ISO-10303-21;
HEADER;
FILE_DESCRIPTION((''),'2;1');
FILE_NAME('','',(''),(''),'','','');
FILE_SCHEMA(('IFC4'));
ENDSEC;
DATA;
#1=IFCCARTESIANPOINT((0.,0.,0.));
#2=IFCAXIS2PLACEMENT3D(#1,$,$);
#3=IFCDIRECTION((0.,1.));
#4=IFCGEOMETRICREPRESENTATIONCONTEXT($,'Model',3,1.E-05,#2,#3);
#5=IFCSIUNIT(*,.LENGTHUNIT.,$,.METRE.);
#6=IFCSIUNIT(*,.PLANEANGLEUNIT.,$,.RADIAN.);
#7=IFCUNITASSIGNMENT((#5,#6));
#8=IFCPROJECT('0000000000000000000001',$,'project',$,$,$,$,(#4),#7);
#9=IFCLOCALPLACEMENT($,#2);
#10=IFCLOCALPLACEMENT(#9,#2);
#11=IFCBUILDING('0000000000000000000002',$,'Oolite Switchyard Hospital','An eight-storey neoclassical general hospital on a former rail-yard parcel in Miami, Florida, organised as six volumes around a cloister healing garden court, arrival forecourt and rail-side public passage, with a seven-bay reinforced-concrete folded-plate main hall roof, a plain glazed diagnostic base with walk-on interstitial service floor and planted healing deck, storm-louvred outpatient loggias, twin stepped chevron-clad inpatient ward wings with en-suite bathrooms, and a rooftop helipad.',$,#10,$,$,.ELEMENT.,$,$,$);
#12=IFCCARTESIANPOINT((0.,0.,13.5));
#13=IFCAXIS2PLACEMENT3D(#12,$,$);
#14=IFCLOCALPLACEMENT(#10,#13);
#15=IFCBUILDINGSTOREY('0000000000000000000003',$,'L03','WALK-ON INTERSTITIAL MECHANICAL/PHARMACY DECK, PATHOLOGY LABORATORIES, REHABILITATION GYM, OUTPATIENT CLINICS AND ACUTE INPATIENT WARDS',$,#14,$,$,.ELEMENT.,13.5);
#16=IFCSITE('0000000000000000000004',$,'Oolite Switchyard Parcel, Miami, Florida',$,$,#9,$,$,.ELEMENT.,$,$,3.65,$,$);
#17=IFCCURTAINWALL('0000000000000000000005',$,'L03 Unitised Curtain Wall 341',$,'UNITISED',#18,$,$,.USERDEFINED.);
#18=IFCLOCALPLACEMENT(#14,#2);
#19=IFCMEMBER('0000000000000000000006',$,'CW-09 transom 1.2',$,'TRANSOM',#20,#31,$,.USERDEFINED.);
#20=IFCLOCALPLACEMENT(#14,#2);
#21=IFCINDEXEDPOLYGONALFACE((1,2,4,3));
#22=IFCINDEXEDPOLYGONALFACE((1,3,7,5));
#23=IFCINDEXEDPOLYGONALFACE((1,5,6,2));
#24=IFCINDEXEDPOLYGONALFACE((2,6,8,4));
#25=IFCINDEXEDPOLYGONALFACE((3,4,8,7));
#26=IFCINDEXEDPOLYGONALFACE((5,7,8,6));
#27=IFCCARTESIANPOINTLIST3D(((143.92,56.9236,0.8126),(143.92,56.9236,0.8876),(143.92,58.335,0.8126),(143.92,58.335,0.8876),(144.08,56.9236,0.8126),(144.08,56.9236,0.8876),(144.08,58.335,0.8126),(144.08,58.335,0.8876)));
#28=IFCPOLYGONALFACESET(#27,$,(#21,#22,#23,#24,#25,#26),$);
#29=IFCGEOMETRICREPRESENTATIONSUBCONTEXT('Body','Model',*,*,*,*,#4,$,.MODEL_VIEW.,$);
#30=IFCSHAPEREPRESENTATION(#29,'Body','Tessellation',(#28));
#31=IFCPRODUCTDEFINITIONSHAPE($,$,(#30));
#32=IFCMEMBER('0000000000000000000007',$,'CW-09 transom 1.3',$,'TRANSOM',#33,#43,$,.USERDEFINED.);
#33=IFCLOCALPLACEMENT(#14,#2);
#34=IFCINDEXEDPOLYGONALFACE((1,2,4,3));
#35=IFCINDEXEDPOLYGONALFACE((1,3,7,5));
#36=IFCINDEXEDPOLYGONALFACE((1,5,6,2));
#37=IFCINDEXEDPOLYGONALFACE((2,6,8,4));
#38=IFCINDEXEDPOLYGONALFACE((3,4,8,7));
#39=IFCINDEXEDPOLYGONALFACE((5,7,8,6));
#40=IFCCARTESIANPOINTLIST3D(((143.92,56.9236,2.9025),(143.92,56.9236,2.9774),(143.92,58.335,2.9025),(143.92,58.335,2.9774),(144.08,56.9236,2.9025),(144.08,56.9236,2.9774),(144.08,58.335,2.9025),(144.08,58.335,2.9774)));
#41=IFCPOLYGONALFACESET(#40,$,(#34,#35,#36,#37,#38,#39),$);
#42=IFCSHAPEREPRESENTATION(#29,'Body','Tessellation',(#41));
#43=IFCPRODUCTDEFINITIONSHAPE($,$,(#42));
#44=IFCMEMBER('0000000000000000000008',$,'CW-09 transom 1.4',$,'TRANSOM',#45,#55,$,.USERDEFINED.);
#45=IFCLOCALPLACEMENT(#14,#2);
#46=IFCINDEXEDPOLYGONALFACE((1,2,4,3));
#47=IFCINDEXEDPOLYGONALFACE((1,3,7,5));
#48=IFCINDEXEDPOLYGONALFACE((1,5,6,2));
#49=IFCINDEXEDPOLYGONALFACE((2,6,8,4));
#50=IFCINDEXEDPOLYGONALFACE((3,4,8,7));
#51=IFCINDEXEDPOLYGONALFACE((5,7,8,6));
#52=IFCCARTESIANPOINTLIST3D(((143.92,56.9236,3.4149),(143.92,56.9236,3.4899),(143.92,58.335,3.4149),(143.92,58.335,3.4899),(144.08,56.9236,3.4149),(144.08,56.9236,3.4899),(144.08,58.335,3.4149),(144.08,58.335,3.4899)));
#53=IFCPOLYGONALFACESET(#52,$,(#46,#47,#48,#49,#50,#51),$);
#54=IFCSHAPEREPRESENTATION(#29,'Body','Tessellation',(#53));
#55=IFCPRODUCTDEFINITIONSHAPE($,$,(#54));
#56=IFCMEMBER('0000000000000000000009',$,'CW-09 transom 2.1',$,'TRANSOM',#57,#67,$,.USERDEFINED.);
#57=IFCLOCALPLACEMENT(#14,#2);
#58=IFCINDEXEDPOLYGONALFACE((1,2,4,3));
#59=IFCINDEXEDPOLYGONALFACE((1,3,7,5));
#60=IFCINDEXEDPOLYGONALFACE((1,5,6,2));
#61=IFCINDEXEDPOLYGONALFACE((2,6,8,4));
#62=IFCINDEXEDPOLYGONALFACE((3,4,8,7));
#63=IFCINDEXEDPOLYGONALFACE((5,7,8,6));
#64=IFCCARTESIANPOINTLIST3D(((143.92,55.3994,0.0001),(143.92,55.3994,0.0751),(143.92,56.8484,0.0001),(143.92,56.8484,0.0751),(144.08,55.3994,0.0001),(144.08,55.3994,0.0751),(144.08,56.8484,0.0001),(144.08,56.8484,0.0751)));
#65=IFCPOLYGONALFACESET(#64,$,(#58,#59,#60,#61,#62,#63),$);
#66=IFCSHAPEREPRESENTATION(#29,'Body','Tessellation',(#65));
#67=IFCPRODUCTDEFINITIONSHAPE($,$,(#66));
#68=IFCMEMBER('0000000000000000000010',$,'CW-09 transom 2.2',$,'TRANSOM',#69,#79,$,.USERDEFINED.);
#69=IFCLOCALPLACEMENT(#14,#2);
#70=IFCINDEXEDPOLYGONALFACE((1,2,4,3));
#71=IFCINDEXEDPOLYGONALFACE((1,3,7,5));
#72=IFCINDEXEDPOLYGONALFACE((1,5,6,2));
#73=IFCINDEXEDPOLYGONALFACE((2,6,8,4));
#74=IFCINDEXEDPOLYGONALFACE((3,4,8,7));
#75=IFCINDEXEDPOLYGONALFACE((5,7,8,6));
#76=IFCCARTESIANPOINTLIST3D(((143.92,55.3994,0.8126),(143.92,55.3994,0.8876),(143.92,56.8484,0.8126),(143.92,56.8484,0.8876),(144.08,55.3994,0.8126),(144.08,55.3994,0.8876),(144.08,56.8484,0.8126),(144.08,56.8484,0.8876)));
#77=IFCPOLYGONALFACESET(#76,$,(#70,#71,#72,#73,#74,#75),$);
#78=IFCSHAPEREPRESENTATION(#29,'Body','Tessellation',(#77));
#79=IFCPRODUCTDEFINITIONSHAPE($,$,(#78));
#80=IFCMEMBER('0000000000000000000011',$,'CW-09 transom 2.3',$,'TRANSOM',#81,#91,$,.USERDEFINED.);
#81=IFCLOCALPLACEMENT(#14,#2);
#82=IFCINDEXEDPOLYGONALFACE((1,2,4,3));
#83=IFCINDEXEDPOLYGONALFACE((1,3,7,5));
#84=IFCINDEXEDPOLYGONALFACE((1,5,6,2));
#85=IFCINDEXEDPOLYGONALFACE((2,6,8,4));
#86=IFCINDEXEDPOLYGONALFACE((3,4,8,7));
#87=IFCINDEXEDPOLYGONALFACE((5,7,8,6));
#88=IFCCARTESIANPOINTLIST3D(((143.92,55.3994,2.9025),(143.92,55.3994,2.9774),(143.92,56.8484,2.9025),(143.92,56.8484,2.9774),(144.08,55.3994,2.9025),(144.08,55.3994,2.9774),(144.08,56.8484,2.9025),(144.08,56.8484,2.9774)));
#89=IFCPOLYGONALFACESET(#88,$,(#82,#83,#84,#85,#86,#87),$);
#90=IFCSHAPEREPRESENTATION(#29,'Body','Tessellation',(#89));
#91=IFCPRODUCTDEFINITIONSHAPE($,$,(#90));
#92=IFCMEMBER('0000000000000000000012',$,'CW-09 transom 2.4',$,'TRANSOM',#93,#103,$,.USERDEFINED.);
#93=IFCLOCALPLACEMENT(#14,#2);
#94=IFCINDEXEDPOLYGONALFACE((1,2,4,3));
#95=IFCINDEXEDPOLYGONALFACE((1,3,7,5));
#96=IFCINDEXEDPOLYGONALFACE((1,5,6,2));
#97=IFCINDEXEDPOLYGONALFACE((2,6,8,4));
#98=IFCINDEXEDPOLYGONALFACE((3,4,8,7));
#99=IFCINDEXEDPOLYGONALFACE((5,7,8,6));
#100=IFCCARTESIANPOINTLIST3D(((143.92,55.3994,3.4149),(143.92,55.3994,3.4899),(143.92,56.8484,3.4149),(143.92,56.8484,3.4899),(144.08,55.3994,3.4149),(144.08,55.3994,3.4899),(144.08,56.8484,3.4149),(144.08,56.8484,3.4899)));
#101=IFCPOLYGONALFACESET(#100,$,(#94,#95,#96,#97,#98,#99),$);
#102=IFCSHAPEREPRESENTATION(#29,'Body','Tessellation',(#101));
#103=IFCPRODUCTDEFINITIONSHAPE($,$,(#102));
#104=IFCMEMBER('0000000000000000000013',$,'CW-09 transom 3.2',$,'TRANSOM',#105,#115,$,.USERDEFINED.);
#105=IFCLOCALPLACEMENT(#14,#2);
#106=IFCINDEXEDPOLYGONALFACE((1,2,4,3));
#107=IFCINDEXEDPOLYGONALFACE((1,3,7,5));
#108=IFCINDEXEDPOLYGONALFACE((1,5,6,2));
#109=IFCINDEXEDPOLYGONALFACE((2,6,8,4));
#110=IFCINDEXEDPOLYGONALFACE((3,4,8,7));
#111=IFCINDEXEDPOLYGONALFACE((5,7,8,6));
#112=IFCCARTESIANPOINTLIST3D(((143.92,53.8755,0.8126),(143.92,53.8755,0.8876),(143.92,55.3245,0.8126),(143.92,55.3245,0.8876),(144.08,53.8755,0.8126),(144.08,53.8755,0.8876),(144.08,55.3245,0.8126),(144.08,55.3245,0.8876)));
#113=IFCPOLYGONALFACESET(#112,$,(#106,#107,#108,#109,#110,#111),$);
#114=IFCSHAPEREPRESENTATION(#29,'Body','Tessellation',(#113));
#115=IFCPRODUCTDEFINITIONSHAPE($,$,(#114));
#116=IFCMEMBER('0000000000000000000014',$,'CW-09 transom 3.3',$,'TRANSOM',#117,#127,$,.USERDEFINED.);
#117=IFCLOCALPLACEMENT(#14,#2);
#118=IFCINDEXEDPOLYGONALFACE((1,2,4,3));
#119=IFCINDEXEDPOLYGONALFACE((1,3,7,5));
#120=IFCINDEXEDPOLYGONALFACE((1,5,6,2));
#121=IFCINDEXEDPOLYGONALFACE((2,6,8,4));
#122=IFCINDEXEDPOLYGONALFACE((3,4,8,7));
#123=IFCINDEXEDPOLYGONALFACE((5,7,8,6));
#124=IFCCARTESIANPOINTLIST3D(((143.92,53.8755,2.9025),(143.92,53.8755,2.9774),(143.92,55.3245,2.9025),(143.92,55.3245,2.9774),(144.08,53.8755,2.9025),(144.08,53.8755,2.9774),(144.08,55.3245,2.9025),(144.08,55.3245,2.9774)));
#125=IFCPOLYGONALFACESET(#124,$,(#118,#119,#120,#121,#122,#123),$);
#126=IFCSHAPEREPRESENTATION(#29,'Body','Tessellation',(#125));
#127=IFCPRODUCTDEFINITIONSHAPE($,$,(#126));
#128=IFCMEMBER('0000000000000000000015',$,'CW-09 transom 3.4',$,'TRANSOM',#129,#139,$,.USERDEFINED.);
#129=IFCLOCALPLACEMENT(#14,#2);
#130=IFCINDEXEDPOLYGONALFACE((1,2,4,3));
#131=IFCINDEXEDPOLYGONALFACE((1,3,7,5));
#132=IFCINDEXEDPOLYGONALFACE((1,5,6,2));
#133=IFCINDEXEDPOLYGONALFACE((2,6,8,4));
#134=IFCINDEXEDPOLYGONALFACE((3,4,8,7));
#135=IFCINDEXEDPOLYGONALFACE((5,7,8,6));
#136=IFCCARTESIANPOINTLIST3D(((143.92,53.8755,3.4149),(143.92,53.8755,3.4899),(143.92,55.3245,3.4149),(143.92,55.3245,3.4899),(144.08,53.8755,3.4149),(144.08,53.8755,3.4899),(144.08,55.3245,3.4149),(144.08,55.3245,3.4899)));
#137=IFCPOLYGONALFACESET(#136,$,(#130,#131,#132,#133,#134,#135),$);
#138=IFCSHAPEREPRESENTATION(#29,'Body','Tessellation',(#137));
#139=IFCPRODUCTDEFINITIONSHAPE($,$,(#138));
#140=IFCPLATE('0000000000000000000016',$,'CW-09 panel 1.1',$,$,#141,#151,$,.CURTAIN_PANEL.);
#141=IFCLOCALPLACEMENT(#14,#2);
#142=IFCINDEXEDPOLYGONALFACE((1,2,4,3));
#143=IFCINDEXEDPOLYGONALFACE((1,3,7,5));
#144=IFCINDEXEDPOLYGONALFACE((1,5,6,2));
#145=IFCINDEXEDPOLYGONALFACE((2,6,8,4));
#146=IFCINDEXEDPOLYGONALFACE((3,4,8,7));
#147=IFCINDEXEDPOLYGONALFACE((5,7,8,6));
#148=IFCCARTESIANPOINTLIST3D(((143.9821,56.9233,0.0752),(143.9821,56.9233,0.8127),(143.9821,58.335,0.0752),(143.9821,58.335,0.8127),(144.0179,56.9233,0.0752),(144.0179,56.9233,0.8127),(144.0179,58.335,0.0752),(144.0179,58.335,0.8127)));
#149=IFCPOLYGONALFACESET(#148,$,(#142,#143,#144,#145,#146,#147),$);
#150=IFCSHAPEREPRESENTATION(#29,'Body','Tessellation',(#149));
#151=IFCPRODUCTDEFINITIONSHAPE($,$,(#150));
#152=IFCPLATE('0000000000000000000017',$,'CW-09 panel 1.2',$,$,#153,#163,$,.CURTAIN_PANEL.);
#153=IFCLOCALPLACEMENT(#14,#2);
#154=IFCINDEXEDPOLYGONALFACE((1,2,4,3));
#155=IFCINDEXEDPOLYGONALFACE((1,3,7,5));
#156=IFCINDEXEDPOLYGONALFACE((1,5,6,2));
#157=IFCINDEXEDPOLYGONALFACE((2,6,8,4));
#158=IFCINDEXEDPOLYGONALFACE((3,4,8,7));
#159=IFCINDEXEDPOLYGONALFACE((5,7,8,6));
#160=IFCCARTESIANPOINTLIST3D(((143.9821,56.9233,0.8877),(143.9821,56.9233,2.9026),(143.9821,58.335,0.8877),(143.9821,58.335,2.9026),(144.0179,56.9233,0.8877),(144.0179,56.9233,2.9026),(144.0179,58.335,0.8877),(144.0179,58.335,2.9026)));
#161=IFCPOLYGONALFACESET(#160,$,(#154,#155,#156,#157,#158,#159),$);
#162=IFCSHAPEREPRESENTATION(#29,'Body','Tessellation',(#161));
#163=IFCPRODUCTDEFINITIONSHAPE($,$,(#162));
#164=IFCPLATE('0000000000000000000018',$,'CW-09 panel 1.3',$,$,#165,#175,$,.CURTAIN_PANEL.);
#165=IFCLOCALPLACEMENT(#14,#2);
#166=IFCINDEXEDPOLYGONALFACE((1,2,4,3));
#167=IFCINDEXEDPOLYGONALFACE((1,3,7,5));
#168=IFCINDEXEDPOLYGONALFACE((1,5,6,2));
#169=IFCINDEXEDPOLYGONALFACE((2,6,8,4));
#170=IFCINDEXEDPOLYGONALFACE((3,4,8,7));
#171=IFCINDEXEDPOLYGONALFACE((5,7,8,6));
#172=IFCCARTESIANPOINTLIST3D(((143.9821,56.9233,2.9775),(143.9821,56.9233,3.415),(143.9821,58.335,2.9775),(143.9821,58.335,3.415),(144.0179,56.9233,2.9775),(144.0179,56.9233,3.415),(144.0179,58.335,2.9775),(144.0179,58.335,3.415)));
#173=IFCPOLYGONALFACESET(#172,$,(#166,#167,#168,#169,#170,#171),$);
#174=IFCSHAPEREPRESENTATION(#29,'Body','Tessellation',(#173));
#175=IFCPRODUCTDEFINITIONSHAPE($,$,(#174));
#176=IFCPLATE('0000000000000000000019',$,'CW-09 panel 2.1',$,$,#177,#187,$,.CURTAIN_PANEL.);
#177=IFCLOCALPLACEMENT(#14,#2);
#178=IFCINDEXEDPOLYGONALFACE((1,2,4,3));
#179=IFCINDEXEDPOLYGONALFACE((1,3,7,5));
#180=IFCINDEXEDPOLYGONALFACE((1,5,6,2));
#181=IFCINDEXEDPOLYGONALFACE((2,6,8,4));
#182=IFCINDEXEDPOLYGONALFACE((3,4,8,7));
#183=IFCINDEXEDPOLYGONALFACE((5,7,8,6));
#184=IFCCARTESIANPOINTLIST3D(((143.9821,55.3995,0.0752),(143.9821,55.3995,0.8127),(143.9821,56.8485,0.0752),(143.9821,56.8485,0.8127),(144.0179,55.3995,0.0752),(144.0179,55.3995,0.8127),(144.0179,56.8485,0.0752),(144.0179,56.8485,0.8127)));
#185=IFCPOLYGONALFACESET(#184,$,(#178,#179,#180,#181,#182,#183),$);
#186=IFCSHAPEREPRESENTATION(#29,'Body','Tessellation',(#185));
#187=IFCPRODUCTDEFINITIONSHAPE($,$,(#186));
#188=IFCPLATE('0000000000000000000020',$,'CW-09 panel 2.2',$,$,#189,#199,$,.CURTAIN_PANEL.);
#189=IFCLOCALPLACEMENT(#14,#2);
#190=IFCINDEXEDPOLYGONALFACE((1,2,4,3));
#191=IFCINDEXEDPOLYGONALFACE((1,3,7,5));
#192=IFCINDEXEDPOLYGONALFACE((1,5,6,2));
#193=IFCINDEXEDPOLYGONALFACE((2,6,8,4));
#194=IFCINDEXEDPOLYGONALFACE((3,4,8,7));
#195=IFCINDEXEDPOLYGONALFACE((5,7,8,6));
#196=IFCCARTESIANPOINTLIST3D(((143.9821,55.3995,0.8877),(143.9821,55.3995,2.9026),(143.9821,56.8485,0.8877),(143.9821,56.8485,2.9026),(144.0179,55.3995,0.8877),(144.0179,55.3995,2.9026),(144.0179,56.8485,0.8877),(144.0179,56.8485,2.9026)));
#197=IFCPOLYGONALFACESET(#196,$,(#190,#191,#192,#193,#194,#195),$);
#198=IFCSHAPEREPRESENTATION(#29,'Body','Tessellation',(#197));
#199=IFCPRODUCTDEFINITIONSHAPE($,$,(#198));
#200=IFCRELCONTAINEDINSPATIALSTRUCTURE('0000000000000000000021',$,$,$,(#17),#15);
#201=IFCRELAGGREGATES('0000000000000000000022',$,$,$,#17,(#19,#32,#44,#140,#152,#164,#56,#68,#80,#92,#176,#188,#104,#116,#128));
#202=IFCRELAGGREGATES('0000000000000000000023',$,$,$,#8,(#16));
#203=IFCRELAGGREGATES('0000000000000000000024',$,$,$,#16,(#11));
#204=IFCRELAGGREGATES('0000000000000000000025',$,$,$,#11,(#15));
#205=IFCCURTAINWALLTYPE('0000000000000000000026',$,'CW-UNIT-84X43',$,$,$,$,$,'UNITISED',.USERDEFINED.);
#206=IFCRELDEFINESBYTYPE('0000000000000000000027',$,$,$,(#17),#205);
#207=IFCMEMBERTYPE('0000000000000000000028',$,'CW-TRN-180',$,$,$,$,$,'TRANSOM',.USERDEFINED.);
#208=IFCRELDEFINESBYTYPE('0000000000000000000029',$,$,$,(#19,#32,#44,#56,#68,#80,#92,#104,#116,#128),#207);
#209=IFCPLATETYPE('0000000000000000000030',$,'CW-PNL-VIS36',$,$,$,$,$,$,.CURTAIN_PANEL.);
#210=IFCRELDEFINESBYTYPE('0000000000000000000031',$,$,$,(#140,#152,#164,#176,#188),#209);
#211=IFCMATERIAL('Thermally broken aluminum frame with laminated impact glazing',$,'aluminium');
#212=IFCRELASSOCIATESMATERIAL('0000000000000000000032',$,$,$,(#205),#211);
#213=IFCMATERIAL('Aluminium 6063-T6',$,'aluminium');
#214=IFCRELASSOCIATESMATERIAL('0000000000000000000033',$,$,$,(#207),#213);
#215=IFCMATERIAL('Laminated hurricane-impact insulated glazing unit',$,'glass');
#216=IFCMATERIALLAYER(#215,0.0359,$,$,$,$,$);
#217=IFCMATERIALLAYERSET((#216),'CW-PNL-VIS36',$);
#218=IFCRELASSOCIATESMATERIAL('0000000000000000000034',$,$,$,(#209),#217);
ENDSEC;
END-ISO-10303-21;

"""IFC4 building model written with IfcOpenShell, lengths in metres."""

from ifc_helpers import new_model, si_unit, direction, frame, origin, origin_2d, place, context, subcontext, project, spatial, rectangle, extrude, material, layer, layer_set, material_profile, profile_set, type_object, element, aggregate, save


model = new_model("IFC4")

# Units and contexts
model_context = context("Model", 3, precision=1e-05, world=origin(), true_north=direction((0.0, 1.0)))
body_context = subcontext(model_context, "Body", "Model", "MODEL_VIEW")
ifc_project = project(units=[si_unit("LENGTHUNIT", "METRE"), si_unit("PLANEANGLEUNIT", "RADIAN")], contexts=[model_context])

# Site, building, storey
site_placement = place(None, origin())
site = spatial("IfcSite", under=ifc_project, at=site_placement, Name="Oolite Switchyard Parcel, Miami, Florida", CompositionType="ELEMENT", RefElevation=3.65)
building_placement = place(site_placement, origin())
building = spatial("IfcBuilding", under=site, at=building_placement, Name="Oolite Switchyard Hospital", Description="An eight-storey neoclassical general hospital on a former rail-yard parcel in Miami, Florida, organised as six volumes around a cloister healing garden court, arrival forecourt and rail-side public passage, with a seven-bay reinforced-concrete folded-plate main hall roof, a plain glazed diagnostic base with walk-on interstitial service floor and planted healing deck, storm-louvred outpatient loggias, twin stepped chevron-clad inpatient ward wings with en-suite bathrooms, and a rooftop helipad.", CompositionType="ELEMENT")
storey_placement = place(building_placement, frame((0.0, 0.0, 13.5)))
storey = spatial("IfcBuildingStorey", under=building, at=storey_placement, Name="L03", Description="WALK-ON INTERSTITIAL MECHANICAL/PHARMACY DECK, PATHOLOGY LABORATORIES, REHABILITATION GYM, OUTPATIENT CLINICS AND ACUTE INPATIENT WARDS", CompositionType="ELEMENT", Elevation=13.5)

# Curtain wall, members, plates
ifc_material_1 = material(Name="Thermally broken aluminum frame with laminated impact glazing", Category="aluminium")
curtain_wall_type = type_object("IfcCurtainWallType", Name="CW-UNIT-84X43", ElementType="UNITISED", PredefinedType="USERDEFINED", material=ifc_material_1)
curtain_wall_placement = place(storey_placement, origin())
curtain_wall = element("IfcCurtainWall", 1, at=curtain_wall_placement, inside=storey, type_object=curtain_wall_type, Name="L03 Unitised Curtain Wall 341", ObjectType="UNITISED", PredefinedType="USERDEFINED")
ifc_material_2 = material(Name="Aluminium 6063-T6", Category="aluminium")
ifc_material_profile_1 = material_profile(ifc_material_2, rectangle(XDim=0.1599, YDim=0.075, at=origin_2d()), Name="CWT75X160")
ifc_profile_set_1 = profile_set([ifc_material_profile_1], Name="Aluminium 6063-T6")
member_type_1 = type_object("IfcMemberType", Name="CW-TRN-180", ElementType="TRANSOM", PredefinedType="USERDEFINED", material=ifc_profile_set_1)
member_1_placement = place(storey_placement, frame((144.0, 58.335, 0.8501), z_axis=(0.0, -1.0, 0.0), x_axis=(1.0, 0.0, 0.0)))
member_1 = element("IfcMember", 2, at=member_1_placement, type_object=member_type_1, Name="CW-09 transom 1.2", ObjectType="TRANSOM", PredefinedType="USERDEFINED", context=body_context, shape_type="SweptSolid", body=[
    extrude(rectangle(XDim=0.1599, YDim=0.075, at=origin_2d()), origin(), (0.0, 0.0, 1.0), 1.4114),
])
member_2_placement = place(storey_placement, frame((144.0, 58.335, 2.9399), z_axis=(0.0, -1.0, 0.0), x_axis=(1.0, 0.0, 0.0)))
member_2 = element("IfcMember", 3, at=member_2_placement, type_object=member_type_1, Name="CW-09 transom 1.3", ObjectType="TRANSOM", PredefinedType="USERDEFINED", context=body_context, shape_type="SweptSolid", body=[
    extrude(rectangle(XDim=0.1599, YDim=0.075, at=origin_2d()), origin(), (0.0, 0.0, 1.0), 1.4114),
])
member_3_placement = place(storey_placement, frame((144.0, 58.335, 3.4524), z_axis=(0.0, -1.0, 0.0), x_axis=(1.0, 0.0, 0.0)))
member_3 = element("IfcMember", 4, at=member_3_placement, type_object=member_type_1, Name="CW-09 transom 1.4", ObjectType="TRANSOM", PredefinedType="USERDEFINED", context=body_context, shape_type="SweptSolid", body=[
    extrude(rectangle(XDim=0.1599, YDim=0.075, at=origin_2d()), origin(), (0.0, 0.0, 1.0), 1.4114),
])
member_4_placement = place(storey_placement, frame((144.0, 56.8484, 0.0376), z_axis=(0.0, -1.0, 0.0), x_axis=(1.0, 0.0, 0.0)))
member_4 = element("IfcMember", 5, at=member_4_placement, type_object=member_type_1, Name="CW-09 transom 2.1", ObjectType="TRANSOM", PredefinedType="USERDEFINED", context=body_context, shape_type="SweptSolid", body=[
    extrude(rectangle(XDim=0.1599, YDim=0.075, at=origin_2d()), origin(), (0.0, 0.0, 1.0), 1.449),
])
member_5_placement = place(storey_placement, frame((144.0, 56.8484, 0.8501), z_axis=(0.0, -1.0, 0.0), x_axis=(1.0, 0.0, 0.0)))
member_5 = element("IfcMember", 6, at=member_5_placement, type_object=member_type_1, Name="CW-09 transom 2.2", ObjectType="TRANSOM", PredefinedType="USERDEFINED", context=body_context, shape_type="SweptSolid", body=[
    extrude(rectangle(XDim=0.1599, YDim=0.075, at=origin_2d()), origin(), (0.0, 0.0, 1.0), 1.449),
])
member_6_placement = place(storey_placement, frame((144.0, 56.8484, 2.9399), z_axis=(0.0, -1.0, 0.0), x_axis=(1.0, 0.0, 0.0)))
member_6 = element("IfcMember", 7, at=member_6_placement, type_object=member_type_1, Name="CW-09 transom 2.3", ObjectType="TRANSOM", PredefinedType="USERDEFINED", context=body_context, shape_type="SweptSolid", body=[
    extrude(rectangle(XDim=0.1599, YDim=0.075, at=origin_2d()), origin(), (0.0, 0.0, 1.0), 1.449),
])
member_7_placement = place(storey_placement, frame((144.0, 56.8484, 3.4524), z_axis=(0.0, -1.0, 0.0), x_axis=(1.0, 0.0, 0.0)))
member_7 = element("IfcMember", 8, at=member_7_placement, type_object=member_type_1, Name="CW-09 transom 2.4", ObjectType="TRANSOM", PredefinedType="USERDEFINED", context=body_context, shape_type="SweptSolid", body=[
    extrude(rectangle(XDim=0.1599, YDim=0.075, at=origin_2d()), origin(), (0.0, 0.0, 1.0), 1.449),
])
member_8_placement = place(storey_placement, frame((144.0, 55.3245, 0.8501), z_axis=(0.0, -1.0, 0.0), x_axis=(1.0, 0.0, 0.0)))
member_8 = element("IfcMember", 9, at=member_8_placement, type_object=member_type_1, Name="CW-09 transom 3.2", ObjectType="TRANSOM", PredefinedType="USERDEFINED", context=body_context, shape_type="SweptSolid", body=[
    extrude(rectangle(XDim=0.1599, YDim=0.075, at=origin_2d()), origin(), (0.0, 0.0, 1.0), 1.449),
])
member_9_placement = place(storey_placement, frame((144.0, 55.3245, 2.9399), z_axis=(0.0, -1.0, 0.0), x_axis=(1.0, 0.0, 0.0)))
member_9 = element("IfcMember", 10, at=member_9_placement, type_object=member_type_1, Name="CW-09 transom 3.3", ObjectType="TRANSOM", PredefinedType="USERDEFINED", context=body_context, shape_type="SweptSolid", body=[
    extrude(rectangle(XDim=0.1599, YDim=0.075, at=origin_2d()), origin(), (0.0, 0.0, 1.0), 1.449),
])
member_10_placement = place(storey_placement, frame((144.0, 55.3245, 3.4524), z_axis=(0.0, -1.0, 0.0), x_axis=(1.0, 0.0, 0.0)))
member_10 = element("IfcMember", 11, at=member_10_placement, type_object=member_type_1, Name="CW-09 transom 3.4", ObjectType="TRANSOM", PredefinedType="USERDEFINED", context=body_context, shape_type="SweptSolid", body=[
    extrude(rectangle(XDim=0.1599, YDim=0.075, at=origin_2d()), origin(), (0.0, 0.0, 1.0), 1.449),
])
ifc_material_3 = material(Name="Laminated hurricane-impact insulated glazing unit", Category="glass")
ifc_layer = layer(ifc_material_3, 0.0359)
ifc_layer_set = layer_set([ifc_layer], Name="CW-PNL-VIS36")
plate_type = type_object("IfcPlateType", Name="CW-PNL-VIS36", PredefinedType="CURTAIN_PANEL", material=ifc_layer_set)
plate_1_placement = place(storey_placement, frame((144.0, 57.6292, 0.0752), z_axis=(0.0, 0.0, 1.0), x_axis=(0.0, -1.0, 0.0)))
plate_1 = element("IfcPlate", 12, at=plate_1_placement, type_object=plate_type, Name="CW-09 panel 1.1", PredefinedType="CURTAIN_PANEL", context=body_context, shape_type="SweptSolid", body=[
    extrude(rectangle(XDim=1.4116, YDim=0.0359, at=origin_2d()), origin(), (0.0, 0.0, 1.0), 0.7375),
])
plate_2_placement = place(storey_placement, frame((144.0, 57.6292, 0.8877), z_axis=(0.0, 0.0, 1.0), x_axis=(0.0, -1.0, 0.0)))
plate_2 = element("IfcPlate", 13, at=plate_2_placement, type_object=plate_type, Name="CW-09 panel 1.2", PredefinedType="CURTAIN_PANEL", context=body_context, shape_type="SweptSolid", body=[
    extrude(rectangle(XDim=1.4116, YDim=0.0359, at=origin_2d()), origin(), (0.0, 0.0, 1.0), 2.0149),
])
plate_3_placement = place(storey_placement, frame((144.0, 57.6292, 2.9775), z_axis=(0.0, 0.0, 1.0), x_axis=(0.0, -1.0, 0.0)))
plate_3 = element("IfcPlate", 14, at=plate_3_placement, type_object=plate_type, Name="CW-09 panel 1.3", PredefinedType="CURTAIN_PANEL", context=body_context, shape_type="SweptSolid", body=[
    extrude(rectangle(XDim=1.4116, YDim=0.0359, at=origin_2d()), origin(), (0.0, 0.0, 1.0), 0.4375),
])
plate_4_placement = place(storey_placement, frame((144.0, 56.124, 0.0752), z_axis=(0.0, 0.0, 1.0), x_axis=(0.0, -1.0, 0.0)))
plate_4 = element("IfcPlate", 15, at=plate_4_placement, type_object=plate_type, Name="CW-09 panel 2.1", PredefinedType="CURTAIN_PANEL", context=body_context, shape_type="SweptSolid", body=[
    extrude(rectangle(XDim=1.449, YDim=0.0359, at=origin_2d()), origin(), (0.0, 0.0, 1.0), 0.7375),
])
plate_5_placement = place(storey_placement, frame((144.0, 56.124, 0.8877), z_axis=(0.0, 0.0, 1.0), x_axis=(0.0, -1.0, 0.0)))
plate_5 = element("IfcPlate", 16, at=plate_5_placement, type_object=plate_type, Name="CW-09 panel 2.2", PredefinedType="CURTAIN_PANEL", context=body_context, shape_type="SweptSolid", body=[
    extrude(rectangle(XDim=1.449, YDim=0.0359, at=origin_2d()), origin(), (0.0, 0.0, 1.0), 2.0149),
])
aggregate(curtain_wall, [member_1, member_2, member_3, plate_1, plate_2, plate_3, member_4, member_5, member_6, member_7, plate_4, plate_5, member_8, member_9, member_10])

save(model, "model.ifc")
